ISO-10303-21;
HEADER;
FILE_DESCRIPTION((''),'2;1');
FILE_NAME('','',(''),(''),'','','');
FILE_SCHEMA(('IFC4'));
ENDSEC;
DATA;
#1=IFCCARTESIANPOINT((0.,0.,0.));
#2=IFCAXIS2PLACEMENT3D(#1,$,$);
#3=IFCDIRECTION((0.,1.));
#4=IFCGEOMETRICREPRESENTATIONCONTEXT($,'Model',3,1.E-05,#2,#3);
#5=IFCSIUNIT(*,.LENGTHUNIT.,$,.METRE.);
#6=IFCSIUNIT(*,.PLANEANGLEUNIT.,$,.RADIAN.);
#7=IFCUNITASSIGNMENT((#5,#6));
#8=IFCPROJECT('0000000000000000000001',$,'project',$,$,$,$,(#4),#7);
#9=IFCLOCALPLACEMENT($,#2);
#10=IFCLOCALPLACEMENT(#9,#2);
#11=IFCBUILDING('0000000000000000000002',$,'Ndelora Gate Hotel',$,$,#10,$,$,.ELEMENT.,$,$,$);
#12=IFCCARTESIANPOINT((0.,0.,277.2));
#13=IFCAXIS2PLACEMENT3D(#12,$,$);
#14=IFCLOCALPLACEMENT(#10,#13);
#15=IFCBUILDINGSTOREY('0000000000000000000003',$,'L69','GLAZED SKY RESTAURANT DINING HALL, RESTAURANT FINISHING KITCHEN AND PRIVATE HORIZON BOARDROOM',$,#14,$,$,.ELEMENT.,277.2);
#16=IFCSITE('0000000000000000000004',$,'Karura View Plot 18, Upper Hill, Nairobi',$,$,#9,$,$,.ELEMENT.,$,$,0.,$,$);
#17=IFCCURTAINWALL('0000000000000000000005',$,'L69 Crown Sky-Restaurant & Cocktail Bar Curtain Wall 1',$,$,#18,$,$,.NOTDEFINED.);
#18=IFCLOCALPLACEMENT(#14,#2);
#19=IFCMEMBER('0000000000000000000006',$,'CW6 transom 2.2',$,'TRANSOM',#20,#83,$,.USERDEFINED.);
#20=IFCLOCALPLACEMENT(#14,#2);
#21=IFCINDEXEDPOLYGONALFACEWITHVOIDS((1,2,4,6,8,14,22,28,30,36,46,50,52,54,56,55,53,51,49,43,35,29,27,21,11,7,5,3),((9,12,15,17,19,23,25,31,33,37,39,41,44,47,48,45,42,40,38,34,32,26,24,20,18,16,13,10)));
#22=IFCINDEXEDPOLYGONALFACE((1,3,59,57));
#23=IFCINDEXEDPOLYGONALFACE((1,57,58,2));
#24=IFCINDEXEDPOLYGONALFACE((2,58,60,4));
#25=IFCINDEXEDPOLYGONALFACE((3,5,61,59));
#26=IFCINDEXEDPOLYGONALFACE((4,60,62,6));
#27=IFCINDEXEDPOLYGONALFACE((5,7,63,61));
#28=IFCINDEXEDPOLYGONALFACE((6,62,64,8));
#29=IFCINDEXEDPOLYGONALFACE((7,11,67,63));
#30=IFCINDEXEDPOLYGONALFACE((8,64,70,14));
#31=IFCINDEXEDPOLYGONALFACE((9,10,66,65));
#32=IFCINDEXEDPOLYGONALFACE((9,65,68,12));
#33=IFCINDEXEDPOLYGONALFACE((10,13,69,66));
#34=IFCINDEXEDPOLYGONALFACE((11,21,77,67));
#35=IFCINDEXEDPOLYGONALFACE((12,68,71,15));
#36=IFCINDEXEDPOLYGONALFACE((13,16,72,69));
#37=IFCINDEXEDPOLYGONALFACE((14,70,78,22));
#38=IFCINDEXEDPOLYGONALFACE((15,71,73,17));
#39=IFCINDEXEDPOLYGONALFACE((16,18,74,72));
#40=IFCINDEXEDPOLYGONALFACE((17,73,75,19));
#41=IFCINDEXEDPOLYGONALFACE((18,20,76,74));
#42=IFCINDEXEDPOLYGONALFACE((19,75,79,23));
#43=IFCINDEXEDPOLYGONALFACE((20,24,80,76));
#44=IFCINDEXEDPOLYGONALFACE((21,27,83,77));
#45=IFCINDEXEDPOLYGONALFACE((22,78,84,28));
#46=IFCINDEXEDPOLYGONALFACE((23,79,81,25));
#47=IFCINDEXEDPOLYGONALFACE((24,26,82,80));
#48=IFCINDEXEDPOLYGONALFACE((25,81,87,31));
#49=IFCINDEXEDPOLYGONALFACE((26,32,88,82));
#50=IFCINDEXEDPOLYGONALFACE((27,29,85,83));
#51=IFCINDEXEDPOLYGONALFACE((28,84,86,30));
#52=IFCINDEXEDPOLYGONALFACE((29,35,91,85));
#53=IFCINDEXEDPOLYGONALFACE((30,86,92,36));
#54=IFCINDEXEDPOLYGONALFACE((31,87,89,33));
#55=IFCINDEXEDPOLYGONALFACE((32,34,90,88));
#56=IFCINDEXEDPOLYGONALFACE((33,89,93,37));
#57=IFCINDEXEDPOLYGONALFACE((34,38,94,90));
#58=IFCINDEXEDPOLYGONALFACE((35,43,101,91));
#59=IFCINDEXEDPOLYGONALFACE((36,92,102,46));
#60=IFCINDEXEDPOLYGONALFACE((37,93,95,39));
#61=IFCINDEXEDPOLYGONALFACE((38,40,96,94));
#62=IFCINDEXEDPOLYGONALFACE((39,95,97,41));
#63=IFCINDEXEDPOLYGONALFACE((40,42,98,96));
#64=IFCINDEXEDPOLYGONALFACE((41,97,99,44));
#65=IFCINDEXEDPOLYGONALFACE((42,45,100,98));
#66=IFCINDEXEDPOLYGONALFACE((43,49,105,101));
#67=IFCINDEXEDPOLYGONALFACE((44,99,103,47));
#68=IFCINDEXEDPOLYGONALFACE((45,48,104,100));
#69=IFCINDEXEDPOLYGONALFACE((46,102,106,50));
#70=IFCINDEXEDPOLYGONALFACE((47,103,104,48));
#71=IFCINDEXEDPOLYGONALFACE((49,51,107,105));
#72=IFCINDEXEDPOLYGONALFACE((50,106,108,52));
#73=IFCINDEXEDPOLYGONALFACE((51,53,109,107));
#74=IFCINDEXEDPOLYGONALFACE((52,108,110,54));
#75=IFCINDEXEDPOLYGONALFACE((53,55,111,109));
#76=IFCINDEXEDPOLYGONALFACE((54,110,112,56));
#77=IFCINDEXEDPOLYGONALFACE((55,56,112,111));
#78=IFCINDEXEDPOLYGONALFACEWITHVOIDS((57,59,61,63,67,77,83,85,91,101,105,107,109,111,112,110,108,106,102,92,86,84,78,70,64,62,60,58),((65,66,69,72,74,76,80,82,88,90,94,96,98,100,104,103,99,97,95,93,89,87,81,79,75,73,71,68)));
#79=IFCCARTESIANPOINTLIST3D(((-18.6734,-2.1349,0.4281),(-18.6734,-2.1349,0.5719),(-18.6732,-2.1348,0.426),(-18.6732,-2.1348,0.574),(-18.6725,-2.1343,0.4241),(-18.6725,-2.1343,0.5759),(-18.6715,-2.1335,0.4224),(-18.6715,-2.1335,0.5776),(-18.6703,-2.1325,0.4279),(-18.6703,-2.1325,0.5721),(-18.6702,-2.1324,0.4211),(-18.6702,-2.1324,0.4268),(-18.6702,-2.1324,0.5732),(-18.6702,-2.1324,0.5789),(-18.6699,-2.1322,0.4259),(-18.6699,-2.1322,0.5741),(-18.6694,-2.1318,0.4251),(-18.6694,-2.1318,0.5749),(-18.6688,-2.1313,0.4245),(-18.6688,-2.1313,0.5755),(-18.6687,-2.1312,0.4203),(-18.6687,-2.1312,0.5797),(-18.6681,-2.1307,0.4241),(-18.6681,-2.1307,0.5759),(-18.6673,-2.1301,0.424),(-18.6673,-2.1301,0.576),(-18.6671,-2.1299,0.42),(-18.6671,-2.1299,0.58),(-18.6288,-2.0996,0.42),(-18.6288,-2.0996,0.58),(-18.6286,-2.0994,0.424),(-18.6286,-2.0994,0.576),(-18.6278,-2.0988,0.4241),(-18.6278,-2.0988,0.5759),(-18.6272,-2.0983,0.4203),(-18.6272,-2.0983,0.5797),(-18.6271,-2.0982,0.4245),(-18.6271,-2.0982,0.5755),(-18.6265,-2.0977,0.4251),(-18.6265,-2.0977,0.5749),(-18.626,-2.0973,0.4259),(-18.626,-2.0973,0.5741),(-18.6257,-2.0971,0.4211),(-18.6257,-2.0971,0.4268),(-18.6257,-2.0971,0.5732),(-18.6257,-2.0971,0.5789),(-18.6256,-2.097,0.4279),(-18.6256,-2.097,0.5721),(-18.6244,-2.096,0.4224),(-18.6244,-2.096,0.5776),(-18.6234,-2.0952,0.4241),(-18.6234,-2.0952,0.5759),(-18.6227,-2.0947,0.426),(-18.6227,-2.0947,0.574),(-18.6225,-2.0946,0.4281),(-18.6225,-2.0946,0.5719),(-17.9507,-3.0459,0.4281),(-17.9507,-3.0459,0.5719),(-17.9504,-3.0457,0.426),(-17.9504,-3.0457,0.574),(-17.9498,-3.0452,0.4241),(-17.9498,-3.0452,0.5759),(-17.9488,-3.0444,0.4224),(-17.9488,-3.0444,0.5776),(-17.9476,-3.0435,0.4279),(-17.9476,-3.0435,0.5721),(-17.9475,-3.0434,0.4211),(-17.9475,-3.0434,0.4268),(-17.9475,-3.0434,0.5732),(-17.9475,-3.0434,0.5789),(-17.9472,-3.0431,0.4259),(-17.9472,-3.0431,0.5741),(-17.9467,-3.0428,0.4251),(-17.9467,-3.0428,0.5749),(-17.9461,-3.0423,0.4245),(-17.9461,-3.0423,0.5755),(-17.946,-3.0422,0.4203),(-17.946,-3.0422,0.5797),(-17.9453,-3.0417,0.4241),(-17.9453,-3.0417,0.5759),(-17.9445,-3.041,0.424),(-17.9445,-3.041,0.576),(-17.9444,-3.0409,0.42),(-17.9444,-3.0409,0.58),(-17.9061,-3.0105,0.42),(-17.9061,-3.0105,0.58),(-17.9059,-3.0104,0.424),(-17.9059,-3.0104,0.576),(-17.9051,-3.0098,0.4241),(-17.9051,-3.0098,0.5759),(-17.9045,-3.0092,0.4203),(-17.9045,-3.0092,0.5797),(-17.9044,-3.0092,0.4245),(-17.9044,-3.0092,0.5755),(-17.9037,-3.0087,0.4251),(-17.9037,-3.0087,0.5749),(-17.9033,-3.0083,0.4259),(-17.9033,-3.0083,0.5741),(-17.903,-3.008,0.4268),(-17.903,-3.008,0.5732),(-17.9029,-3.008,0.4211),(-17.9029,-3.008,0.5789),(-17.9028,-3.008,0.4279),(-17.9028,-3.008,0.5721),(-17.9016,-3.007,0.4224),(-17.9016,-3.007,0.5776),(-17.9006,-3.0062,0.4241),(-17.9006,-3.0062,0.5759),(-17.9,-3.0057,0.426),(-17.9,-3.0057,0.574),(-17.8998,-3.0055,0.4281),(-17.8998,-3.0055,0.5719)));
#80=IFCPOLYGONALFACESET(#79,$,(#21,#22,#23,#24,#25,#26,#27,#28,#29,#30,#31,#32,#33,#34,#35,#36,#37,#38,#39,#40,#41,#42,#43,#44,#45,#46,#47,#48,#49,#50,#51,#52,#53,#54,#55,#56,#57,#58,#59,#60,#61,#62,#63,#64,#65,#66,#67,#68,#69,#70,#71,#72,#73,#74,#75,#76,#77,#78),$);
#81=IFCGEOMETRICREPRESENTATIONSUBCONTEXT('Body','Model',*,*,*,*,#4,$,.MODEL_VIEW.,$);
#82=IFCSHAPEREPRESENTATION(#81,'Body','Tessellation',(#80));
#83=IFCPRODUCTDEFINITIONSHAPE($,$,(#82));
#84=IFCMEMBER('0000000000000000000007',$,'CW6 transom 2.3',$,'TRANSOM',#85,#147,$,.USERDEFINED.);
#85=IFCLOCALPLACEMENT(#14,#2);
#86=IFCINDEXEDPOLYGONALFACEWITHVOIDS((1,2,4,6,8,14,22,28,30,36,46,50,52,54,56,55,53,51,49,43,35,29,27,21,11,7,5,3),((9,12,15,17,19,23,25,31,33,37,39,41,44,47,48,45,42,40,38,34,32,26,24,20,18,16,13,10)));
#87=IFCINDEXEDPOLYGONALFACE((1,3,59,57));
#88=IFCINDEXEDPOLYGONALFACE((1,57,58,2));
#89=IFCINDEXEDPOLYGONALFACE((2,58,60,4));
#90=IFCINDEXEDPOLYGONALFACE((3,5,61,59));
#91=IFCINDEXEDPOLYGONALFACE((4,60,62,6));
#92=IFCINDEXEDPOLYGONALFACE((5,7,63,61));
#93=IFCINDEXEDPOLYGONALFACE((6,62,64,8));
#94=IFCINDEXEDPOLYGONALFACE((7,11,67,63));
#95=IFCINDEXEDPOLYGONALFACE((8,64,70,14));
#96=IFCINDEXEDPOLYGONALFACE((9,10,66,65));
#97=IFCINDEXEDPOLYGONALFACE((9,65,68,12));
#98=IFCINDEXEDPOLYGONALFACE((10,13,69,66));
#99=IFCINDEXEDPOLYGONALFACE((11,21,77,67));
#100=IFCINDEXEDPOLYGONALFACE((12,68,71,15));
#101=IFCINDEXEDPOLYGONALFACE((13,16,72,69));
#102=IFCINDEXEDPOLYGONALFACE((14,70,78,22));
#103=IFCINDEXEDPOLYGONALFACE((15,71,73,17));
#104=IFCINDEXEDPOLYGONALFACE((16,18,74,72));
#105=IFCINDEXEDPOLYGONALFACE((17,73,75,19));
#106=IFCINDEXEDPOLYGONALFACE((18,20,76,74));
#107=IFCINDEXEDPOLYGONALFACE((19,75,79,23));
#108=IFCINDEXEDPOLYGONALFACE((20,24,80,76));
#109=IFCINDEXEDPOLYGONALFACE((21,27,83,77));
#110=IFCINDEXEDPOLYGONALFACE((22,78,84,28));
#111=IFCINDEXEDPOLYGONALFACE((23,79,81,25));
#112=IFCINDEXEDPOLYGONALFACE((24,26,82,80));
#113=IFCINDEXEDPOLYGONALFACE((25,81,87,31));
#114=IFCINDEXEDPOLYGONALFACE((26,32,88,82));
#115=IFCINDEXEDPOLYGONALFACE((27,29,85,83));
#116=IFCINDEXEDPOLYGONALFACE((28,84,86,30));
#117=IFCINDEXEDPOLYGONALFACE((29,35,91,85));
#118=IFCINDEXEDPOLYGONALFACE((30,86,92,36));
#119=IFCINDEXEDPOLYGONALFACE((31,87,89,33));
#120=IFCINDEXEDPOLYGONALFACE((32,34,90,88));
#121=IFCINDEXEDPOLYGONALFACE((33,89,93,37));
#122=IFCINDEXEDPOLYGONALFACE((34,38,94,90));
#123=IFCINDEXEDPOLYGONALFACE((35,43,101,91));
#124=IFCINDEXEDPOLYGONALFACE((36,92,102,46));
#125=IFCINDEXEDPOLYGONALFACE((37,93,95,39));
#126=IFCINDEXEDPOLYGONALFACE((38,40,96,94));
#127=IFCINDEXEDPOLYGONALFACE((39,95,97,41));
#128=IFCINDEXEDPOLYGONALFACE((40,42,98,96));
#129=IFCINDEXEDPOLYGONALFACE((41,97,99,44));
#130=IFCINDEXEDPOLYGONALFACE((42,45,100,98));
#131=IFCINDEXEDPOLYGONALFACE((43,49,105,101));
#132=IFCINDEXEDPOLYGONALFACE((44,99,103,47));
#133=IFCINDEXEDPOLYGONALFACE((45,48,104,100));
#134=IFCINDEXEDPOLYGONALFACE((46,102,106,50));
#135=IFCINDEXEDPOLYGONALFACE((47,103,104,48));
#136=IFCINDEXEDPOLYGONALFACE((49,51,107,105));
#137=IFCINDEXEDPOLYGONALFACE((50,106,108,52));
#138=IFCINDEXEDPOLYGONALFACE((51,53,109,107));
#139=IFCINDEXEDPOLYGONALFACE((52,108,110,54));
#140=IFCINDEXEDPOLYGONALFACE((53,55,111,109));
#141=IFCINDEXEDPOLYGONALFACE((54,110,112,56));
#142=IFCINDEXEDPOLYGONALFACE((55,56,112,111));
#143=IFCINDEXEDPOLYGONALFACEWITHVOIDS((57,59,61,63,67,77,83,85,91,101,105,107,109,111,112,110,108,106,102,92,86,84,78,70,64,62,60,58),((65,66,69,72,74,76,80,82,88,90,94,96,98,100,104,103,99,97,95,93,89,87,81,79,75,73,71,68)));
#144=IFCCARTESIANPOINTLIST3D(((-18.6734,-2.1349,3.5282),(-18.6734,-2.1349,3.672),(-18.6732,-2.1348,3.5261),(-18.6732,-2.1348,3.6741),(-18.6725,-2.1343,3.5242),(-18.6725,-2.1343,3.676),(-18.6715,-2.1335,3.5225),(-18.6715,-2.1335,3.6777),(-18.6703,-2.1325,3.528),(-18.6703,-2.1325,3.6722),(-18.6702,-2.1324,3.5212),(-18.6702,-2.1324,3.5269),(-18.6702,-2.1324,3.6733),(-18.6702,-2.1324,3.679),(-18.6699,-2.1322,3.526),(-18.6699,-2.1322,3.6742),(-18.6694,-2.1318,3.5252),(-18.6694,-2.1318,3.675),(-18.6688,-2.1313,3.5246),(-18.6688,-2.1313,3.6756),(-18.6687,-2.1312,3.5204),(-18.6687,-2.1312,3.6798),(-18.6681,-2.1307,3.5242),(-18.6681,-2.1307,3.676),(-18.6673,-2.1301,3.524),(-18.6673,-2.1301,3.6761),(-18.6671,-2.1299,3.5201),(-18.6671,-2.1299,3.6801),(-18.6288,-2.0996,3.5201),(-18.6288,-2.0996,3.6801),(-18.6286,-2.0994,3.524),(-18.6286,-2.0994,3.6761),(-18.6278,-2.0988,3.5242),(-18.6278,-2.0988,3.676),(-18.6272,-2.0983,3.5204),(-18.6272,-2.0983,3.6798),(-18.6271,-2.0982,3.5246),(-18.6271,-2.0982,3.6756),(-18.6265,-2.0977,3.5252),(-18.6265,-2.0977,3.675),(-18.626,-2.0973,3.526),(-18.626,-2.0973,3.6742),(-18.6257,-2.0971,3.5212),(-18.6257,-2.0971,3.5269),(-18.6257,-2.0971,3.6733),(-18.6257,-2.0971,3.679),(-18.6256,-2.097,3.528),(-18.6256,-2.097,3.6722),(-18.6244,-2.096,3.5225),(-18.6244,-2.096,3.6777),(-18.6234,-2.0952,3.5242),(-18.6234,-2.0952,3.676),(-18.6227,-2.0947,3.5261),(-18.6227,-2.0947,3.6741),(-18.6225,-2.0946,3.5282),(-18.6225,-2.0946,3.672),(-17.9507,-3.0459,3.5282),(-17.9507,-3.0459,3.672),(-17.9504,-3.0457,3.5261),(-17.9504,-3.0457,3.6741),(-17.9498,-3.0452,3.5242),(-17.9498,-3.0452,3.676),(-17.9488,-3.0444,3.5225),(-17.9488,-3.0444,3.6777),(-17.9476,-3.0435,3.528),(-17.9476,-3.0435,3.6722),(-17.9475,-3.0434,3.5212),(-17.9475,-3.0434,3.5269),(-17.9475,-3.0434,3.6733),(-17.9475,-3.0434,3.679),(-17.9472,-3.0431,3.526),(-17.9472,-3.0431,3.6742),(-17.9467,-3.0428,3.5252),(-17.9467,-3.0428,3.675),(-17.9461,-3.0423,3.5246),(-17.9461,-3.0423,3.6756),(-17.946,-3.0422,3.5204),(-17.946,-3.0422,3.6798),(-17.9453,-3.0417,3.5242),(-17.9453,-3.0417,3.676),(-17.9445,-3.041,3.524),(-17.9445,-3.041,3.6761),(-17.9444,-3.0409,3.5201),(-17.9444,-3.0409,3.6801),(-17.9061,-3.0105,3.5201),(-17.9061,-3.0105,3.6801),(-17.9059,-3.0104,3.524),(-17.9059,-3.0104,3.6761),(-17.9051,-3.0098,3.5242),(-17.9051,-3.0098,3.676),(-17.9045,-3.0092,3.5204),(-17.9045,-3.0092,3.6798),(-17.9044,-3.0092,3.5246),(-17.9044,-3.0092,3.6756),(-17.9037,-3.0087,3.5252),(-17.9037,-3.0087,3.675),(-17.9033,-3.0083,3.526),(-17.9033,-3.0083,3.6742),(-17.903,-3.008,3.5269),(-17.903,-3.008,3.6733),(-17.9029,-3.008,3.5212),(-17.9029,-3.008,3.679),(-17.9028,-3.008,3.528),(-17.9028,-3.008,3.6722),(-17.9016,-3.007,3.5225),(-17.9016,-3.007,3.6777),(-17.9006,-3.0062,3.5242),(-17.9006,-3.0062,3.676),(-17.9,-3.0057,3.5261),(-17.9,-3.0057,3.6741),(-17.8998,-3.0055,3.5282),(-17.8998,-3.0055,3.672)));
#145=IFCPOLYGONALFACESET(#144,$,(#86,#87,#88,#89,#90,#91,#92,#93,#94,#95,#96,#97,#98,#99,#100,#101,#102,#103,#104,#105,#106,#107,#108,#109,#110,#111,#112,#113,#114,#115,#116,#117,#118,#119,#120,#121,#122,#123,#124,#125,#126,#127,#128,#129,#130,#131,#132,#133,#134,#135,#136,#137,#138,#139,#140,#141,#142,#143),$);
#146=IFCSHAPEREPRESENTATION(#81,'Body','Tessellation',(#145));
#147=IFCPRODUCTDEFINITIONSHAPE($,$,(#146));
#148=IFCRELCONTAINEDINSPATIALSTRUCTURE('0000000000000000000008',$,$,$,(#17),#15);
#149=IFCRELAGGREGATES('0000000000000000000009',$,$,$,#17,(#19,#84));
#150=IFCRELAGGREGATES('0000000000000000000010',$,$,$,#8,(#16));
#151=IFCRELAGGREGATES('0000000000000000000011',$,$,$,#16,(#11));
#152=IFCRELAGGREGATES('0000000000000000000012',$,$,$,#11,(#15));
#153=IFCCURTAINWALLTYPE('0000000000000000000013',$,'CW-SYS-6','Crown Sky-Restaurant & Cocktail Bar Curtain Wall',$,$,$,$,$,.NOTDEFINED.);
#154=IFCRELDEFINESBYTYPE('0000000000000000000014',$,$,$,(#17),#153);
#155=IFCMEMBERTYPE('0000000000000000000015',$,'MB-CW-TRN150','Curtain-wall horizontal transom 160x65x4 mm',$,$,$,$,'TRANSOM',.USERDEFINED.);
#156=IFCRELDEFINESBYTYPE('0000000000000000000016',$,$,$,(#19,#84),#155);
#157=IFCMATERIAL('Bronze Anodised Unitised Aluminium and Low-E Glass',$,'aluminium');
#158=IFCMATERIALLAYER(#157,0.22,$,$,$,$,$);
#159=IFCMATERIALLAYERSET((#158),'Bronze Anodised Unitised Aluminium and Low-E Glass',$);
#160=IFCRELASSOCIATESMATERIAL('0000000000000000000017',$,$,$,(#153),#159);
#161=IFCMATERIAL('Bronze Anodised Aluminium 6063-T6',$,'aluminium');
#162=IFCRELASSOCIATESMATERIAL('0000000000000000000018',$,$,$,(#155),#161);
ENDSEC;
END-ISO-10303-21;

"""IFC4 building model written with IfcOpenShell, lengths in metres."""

from ifc_helpers import new_model, si_unit, direction, frame, origin, origin_2d, place, context, subcontext, project, spatial, hollow_rectangle, extrude, material, layer, layer_set, material_profile, profile_set, type_object, element, aggregate, save


model = new_model("IFC4")

# Units and contexts
model_context = context("Model", 3, precision=1e-05, world=origin(), true_north=direction((0.0, 1.0)))
body_context = subcontext(model_context, "Body", "Model", "MODEL_VIEW")
ifc_project = project(units=[si_unit("LENGTHUNIT", "METRE"), si_unit("PLANEANGLEUNIT", "RADIAN")], contexts=[model_context])

# Site, building, storey
site_placement = place(None, origin())
site = spatial("IfcSite", under=ifc_project, at=site_placement, Name="Karura View Plot 18, Upper Hill, Nairobi", CompositionType="ELEMENT", RefElevation=0.0)
building_placement = place(site_placement, origin())
building = spatial("IfcBuilding", under=site, at=building_placement, Name="Ndelora Gate Hotel", CompositionType="ELEMENT")
storey_placement = place(building_placement, frame((0.0, 0.0, 277.2)))
storey = spatial("IfcBuildingStorey", under=building, at=storey_placement, Name="L69", Description="GLAZED SKY RESTAURANT DINING HALL, RESTAURANT FINISHING KITCHEN AND PRIVATE HORIZON BOARDROOM", CompositionType="ELEMENT", Elevation=277.2)

# Curtain wall, members
ifc_material_1 = material(Name="Bronze Anodised Unitised Aluminium and Low-E Glass", Category="aluminium")
ifc_layer_1 = layer(ifc_material_1, 0.22)
ifc_layer_set_1 = layer_set([ifc_layer_1], Name="Bronze Anodised Unitised Aluminium and Low-E Glass")
curtain_wall_type = type_object("IfcCurtainWallType", Name="CW-SYS-6", Description="Crown Sky-Restaurant & Cocktail Bar Curtain Wall", PredefinedType="NOTDEFINED", material=ifc_layer_set_1)
curtain_wall_placement = place(storey_placement, origin())
curtain_wall = element("IfcCurtainWall", 1, at=curtain_wall_placement, inside=storey, type_object=curtain_wall_type, Name="L69 Crown Sky-Restaurant & Cocktail Bar Curtain Wall 1", PredefinedType="NOTDEFINED")
ifc_material_2 = material(Name="Bronze Anodised Aluminium 6063-T6", Category="aluminium")
ifc_material_profile_1 = material_profile(ifc_material_2, hollow_rectangle(XDim=0.0649, YDim=0.1599, WallThickness=0.0039, InnerFilletRadius=0.0039, OuterFilletRadius=0.0081, at=origin_2d()), Name="ALU 160x65x4")
ifc_profile_set_1 = profile_set([ifc_material_profile_1], Name="Bronze Anodised Aluminium 6063-T6")
member_type_1 = type_object("IfcMemberType", Name="MB-CW-TRN150", Description="Curtain-wall horizontal transom 160x65x4 mm", ElementType="TRANSOM", PredefinedType="USERDEFINED", material=ifc_profile_set_1)
member_1_placement = place(storey_placement, frame((-18.6479, -2.1147, 0.5), z_axis=(0.621515, -0.783402, 0.0), x_axis=(0.783402, 0.621515, 0.0)))
member_1 = element("IfcMember", 2, at=member_1_placement, type_object=member_type_1, Name="CW6 transom 2.2", ObjectType="TRANSOM", PredefinedType="USERDEFINED", context=body_context, shape_type="SweptSolid", body=[
    extrude(hollow_rectangle(XDim=0.0649, YDim=0.1599, WallThickness=0.0039, InnerFilletRadius=0.0039, OuterFilletRadius=0.0081, at=origin_2d()), origin(), (0.0, 0.0, 1.0), 1.1628),
])
member_2_placement = place(storey_placement, frame((-18.6479, -2.1147, 3.6001), z_axis=(0.621515, -0.783402, 0.0), x_axis=(0.783402, 0.621515, 0.0)))
member_2 = element("IfcMember", 3, at=member_2_placement, type_object=member_type_1, Name="CW6 transom 2.3", ObjectType="TRANSOM", PredefinedType="USERDEFINED", context=body_context, shape_type="SweptSolid", body=[
    extrude(hollow_rectangle(XDim=0.0649, YDim=0.1599, WallThickness=0.0039, InnerFilletRadius=0.0039, OuterFilletRadius=0.0081, at=origin_2d()), origin(), (0.0, 0.0, 1.0), 1.1628),
])
aggregate(curtain_wall, [member_1, member_2])

save(model, "model.ifc")
